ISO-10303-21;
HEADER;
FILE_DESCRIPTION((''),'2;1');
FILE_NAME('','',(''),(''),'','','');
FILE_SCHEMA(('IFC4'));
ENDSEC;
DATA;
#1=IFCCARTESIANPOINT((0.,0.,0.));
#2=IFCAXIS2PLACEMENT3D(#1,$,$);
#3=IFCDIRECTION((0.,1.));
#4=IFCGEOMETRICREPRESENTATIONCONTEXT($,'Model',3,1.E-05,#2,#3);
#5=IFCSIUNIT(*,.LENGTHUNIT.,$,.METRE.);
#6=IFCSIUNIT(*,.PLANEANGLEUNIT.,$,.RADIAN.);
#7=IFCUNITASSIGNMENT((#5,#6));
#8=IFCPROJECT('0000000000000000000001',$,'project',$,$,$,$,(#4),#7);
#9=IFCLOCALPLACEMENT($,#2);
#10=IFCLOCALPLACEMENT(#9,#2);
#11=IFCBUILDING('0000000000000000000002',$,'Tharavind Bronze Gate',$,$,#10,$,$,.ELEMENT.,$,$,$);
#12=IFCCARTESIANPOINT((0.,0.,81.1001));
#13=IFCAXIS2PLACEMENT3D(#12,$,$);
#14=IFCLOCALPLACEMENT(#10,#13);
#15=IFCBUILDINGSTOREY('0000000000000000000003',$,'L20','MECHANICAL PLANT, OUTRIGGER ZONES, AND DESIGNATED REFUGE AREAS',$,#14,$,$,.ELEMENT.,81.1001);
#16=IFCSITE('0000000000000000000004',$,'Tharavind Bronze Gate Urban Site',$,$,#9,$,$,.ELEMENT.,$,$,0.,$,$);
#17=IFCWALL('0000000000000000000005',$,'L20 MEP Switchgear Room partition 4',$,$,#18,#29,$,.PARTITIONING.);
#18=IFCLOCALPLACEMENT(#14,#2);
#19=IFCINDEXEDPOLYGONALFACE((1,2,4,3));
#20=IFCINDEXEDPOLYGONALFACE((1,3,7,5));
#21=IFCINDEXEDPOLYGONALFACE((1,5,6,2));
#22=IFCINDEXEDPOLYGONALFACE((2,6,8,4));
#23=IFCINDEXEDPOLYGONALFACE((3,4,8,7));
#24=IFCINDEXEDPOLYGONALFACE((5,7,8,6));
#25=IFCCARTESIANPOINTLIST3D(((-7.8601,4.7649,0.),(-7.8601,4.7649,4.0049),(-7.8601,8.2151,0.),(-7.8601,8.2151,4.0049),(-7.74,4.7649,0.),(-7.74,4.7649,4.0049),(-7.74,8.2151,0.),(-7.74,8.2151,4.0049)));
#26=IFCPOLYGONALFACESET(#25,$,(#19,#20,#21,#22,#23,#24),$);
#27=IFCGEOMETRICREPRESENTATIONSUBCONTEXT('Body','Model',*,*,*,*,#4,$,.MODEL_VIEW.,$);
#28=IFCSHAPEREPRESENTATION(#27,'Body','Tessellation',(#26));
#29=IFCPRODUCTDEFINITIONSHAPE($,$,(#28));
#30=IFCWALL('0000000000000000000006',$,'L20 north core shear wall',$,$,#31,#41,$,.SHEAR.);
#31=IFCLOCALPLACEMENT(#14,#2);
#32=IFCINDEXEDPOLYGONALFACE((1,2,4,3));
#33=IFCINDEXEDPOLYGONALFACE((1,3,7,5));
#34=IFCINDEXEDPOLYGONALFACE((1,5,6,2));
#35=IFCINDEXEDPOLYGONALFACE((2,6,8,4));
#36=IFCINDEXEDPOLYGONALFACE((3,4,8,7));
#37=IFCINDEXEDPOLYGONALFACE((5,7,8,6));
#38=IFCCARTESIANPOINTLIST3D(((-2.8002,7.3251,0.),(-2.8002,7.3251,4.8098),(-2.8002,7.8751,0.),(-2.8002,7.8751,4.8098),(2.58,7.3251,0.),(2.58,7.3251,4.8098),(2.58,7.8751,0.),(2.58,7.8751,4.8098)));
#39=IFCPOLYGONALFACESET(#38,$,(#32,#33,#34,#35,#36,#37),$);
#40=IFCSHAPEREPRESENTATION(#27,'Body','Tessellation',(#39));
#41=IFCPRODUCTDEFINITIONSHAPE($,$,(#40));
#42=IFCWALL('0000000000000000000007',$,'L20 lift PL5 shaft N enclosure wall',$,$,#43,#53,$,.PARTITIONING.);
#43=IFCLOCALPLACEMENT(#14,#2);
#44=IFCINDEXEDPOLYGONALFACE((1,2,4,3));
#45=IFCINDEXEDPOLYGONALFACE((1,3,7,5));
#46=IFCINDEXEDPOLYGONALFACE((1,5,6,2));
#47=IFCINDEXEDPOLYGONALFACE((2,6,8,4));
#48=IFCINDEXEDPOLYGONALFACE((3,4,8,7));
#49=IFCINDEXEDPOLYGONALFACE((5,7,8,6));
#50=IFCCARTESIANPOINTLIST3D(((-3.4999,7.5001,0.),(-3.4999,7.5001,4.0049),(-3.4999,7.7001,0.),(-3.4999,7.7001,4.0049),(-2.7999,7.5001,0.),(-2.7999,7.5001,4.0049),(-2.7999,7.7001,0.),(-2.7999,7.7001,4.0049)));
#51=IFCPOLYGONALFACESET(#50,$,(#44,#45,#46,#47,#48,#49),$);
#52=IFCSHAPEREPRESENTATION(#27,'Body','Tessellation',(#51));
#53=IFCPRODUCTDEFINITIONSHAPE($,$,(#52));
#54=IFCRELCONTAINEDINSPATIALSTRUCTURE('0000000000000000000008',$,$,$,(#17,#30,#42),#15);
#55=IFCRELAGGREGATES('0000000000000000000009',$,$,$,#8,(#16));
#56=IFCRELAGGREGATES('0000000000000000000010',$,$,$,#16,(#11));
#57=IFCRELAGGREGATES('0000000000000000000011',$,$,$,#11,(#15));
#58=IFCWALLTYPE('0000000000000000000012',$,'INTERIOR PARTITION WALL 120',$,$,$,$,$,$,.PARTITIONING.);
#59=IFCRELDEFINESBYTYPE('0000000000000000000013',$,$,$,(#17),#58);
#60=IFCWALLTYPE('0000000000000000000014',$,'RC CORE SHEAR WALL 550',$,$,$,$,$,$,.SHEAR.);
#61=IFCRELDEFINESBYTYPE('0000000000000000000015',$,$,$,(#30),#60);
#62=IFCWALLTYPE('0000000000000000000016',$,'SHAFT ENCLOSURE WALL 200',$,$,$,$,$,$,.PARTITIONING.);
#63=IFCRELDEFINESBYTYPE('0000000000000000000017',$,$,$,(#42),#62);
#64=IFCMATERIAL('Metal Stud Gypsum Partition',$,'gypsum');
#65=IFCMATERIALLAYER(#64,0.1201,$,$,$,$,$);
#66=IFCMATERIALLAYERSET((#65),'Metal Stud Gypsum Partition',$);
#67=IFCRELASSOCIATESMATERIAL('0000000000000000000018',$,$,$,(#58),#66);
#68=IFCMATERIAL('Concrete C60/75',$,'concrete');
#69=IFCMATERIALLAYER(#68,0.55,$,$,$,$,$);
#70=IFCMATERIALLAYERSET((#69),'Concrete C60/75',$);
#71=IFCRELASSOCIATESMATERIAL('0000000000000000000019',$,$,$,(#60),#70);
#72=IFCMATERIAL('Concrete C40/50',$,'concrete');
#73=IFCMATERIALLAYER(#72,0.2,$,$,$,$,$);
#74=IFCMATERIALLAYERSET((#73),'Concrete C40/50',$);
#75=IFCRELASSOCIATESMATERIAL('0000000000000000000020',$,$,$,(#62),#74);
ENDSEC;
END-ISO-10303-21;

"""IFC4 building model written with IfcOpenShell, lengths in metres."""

from ifc_helpers import new_model, si_unit, direction, frame, frame_2d, origin, place, context, subcontext, project, spatial, rectangle, extrude, material, layer, layer_set, type_object, element, save


model = new_model("IFC4")

# Units and contexts
model_context = context("Model", 3, precision=1e-05, world=origin(), true_north=direction((0.0, 1.0)))
body_context = subcontext(model_context, "Body", "Model", "MODEL_VIEW")
ifc_project = project(units=[si_unit("LENGTHUNIT", "METRE"), si_unit("PLANEANGLEUNIT", "RADIAN")], contexts=[model_context])

# Site, building, storey
site_placement = place(None, origin())
site = spatial("IfcSite", under=ifc_project, at=site_placement, Name="Tharavind Bronze Gate Urban Site", CompositionType="ELEMENT", RefElevation=0.0)
building_placement = place(site_placement, origin())
building = spatial("IfcBuilding", under=site, at=building_placement, Name="Tharavind Bronze Gate", CompositionType="ELEMENT")
storey_placement = place(building_placement, frame((0.0, 0.0, 81.1001)))
storey = spatial("IfcBuildingStorey", under=building, at=storey_placement, Name="L20", Description="MECHANICAL PLANT, OUTRIGGER ZONES, AND DESIGNATED REFUGE AREAS", CompositionType="ELEMENT", Elevation=81.1001)

# Walls
ifc_material_1 = material(Name="Metal Stud Gypsum Partition", Category="gypsum")
ifc_layer_1 = layer(ifc_material_1, 0.1201)
ifc_layer_set_1 = layer_set([ifc_layer_1], Name="Metal Stud Gypsum Partition")
wall_type_1 = type_object("IfcWallType", Name="INTERIOR PARTITION WALL 120", PredefinedType="PARTITIONING", material=ifc_layer_set_1)
wall_1_placement = place(storey_placement, frame((-7.8, 8.2151, 0.0), z_axis=(0.0, 0.0, 1.0), x_axis=(0.0, -1.0, 0.0)))
element("IfcWall", 1, at=wall_1_placement, inside=storey, type_object=wall_type_1, Name="L20 MEP Switchgear Room partition 4", PredefinedType="PARTITIONING", context=body_context, shape_type="SweptSolid", body=[
    extrude(rectangle(XDim=3.4502, YDim=0.1201, at=frame_2d((1.7251, 0.0))), origin(), (0.0, 0.0, 1.0), 4.0049),
])
ifc_material_2 = material(Name="Concrete C60/75", Category="concrete")
ifc_layer_2 = layer(ifc_material_2, 0.55)
ifc_layer_set_2 = layer_set([ifc_layer_2], Name="Concrete C60/75")
wall_type_2 = type_object("IfcWallType", Name="RC CORE SHEAR WALL 550", PredefinedType="SHEAR", material=ifc_layer_set_2)
wall_2_placement = place(storey_placement, frame((-2.8, 7.6001, 0.0), z_axis=(0.0, 0.0, 1.0), x_axis=(1.0, 0.0, 0.0)))
element("IfcWall", 2, at=wall_2_placement, inside=storey, type_object=wall_type_2, Name="L20 north core shear wall", PredefinedType="SHEAR", context=body_context, shape_type="SweptSolid", body=[
    extrude(rectangle(XDim=5.3801, YDim=0.55, at=frame_2d((2.6899, 0.0))), origin(), (0.0, 0.0, 1.0), 4.8098),
])
ifc_material_3 = material(Name="Concrete C40/50", Category="concrete")
ifc_layer_3 = layer(ifc_material_3, 0.2)
ifc_layer_set_3 = layer_set([ifc_layer_3], Name="Concrete C40/50")
wall_type_3 = type_object("IfcWallType", Name="SHAFT ENCLOSURE WALL 200", PredefinedType="PARTITIONING", material=ifc_layer_set_3)
wall_3_placement = place(storey_placement, frame((-3.5, 7.6001, 0.0), z_axis=(0.0, 0.0, 1.0), x_axis=(1.0, 0.0, 0.0)))
element("IfcWall", 3, at=wall_3_placement, inside=storey, type_object=wall_type_3, Name="L20 lift PL5 shaft N enclosure wall", PredefinedType="PARTITIONING", context=body_context, shape_type="SweptSolid", body=[
    extrude(rectangle(XDim=0.7, YDim=0.2, at=frame_2d((0.3501, 0.0))), origin(), (0.0, 0.0, 1.0), 4.0049),
])

save(model, "model.ifc")
